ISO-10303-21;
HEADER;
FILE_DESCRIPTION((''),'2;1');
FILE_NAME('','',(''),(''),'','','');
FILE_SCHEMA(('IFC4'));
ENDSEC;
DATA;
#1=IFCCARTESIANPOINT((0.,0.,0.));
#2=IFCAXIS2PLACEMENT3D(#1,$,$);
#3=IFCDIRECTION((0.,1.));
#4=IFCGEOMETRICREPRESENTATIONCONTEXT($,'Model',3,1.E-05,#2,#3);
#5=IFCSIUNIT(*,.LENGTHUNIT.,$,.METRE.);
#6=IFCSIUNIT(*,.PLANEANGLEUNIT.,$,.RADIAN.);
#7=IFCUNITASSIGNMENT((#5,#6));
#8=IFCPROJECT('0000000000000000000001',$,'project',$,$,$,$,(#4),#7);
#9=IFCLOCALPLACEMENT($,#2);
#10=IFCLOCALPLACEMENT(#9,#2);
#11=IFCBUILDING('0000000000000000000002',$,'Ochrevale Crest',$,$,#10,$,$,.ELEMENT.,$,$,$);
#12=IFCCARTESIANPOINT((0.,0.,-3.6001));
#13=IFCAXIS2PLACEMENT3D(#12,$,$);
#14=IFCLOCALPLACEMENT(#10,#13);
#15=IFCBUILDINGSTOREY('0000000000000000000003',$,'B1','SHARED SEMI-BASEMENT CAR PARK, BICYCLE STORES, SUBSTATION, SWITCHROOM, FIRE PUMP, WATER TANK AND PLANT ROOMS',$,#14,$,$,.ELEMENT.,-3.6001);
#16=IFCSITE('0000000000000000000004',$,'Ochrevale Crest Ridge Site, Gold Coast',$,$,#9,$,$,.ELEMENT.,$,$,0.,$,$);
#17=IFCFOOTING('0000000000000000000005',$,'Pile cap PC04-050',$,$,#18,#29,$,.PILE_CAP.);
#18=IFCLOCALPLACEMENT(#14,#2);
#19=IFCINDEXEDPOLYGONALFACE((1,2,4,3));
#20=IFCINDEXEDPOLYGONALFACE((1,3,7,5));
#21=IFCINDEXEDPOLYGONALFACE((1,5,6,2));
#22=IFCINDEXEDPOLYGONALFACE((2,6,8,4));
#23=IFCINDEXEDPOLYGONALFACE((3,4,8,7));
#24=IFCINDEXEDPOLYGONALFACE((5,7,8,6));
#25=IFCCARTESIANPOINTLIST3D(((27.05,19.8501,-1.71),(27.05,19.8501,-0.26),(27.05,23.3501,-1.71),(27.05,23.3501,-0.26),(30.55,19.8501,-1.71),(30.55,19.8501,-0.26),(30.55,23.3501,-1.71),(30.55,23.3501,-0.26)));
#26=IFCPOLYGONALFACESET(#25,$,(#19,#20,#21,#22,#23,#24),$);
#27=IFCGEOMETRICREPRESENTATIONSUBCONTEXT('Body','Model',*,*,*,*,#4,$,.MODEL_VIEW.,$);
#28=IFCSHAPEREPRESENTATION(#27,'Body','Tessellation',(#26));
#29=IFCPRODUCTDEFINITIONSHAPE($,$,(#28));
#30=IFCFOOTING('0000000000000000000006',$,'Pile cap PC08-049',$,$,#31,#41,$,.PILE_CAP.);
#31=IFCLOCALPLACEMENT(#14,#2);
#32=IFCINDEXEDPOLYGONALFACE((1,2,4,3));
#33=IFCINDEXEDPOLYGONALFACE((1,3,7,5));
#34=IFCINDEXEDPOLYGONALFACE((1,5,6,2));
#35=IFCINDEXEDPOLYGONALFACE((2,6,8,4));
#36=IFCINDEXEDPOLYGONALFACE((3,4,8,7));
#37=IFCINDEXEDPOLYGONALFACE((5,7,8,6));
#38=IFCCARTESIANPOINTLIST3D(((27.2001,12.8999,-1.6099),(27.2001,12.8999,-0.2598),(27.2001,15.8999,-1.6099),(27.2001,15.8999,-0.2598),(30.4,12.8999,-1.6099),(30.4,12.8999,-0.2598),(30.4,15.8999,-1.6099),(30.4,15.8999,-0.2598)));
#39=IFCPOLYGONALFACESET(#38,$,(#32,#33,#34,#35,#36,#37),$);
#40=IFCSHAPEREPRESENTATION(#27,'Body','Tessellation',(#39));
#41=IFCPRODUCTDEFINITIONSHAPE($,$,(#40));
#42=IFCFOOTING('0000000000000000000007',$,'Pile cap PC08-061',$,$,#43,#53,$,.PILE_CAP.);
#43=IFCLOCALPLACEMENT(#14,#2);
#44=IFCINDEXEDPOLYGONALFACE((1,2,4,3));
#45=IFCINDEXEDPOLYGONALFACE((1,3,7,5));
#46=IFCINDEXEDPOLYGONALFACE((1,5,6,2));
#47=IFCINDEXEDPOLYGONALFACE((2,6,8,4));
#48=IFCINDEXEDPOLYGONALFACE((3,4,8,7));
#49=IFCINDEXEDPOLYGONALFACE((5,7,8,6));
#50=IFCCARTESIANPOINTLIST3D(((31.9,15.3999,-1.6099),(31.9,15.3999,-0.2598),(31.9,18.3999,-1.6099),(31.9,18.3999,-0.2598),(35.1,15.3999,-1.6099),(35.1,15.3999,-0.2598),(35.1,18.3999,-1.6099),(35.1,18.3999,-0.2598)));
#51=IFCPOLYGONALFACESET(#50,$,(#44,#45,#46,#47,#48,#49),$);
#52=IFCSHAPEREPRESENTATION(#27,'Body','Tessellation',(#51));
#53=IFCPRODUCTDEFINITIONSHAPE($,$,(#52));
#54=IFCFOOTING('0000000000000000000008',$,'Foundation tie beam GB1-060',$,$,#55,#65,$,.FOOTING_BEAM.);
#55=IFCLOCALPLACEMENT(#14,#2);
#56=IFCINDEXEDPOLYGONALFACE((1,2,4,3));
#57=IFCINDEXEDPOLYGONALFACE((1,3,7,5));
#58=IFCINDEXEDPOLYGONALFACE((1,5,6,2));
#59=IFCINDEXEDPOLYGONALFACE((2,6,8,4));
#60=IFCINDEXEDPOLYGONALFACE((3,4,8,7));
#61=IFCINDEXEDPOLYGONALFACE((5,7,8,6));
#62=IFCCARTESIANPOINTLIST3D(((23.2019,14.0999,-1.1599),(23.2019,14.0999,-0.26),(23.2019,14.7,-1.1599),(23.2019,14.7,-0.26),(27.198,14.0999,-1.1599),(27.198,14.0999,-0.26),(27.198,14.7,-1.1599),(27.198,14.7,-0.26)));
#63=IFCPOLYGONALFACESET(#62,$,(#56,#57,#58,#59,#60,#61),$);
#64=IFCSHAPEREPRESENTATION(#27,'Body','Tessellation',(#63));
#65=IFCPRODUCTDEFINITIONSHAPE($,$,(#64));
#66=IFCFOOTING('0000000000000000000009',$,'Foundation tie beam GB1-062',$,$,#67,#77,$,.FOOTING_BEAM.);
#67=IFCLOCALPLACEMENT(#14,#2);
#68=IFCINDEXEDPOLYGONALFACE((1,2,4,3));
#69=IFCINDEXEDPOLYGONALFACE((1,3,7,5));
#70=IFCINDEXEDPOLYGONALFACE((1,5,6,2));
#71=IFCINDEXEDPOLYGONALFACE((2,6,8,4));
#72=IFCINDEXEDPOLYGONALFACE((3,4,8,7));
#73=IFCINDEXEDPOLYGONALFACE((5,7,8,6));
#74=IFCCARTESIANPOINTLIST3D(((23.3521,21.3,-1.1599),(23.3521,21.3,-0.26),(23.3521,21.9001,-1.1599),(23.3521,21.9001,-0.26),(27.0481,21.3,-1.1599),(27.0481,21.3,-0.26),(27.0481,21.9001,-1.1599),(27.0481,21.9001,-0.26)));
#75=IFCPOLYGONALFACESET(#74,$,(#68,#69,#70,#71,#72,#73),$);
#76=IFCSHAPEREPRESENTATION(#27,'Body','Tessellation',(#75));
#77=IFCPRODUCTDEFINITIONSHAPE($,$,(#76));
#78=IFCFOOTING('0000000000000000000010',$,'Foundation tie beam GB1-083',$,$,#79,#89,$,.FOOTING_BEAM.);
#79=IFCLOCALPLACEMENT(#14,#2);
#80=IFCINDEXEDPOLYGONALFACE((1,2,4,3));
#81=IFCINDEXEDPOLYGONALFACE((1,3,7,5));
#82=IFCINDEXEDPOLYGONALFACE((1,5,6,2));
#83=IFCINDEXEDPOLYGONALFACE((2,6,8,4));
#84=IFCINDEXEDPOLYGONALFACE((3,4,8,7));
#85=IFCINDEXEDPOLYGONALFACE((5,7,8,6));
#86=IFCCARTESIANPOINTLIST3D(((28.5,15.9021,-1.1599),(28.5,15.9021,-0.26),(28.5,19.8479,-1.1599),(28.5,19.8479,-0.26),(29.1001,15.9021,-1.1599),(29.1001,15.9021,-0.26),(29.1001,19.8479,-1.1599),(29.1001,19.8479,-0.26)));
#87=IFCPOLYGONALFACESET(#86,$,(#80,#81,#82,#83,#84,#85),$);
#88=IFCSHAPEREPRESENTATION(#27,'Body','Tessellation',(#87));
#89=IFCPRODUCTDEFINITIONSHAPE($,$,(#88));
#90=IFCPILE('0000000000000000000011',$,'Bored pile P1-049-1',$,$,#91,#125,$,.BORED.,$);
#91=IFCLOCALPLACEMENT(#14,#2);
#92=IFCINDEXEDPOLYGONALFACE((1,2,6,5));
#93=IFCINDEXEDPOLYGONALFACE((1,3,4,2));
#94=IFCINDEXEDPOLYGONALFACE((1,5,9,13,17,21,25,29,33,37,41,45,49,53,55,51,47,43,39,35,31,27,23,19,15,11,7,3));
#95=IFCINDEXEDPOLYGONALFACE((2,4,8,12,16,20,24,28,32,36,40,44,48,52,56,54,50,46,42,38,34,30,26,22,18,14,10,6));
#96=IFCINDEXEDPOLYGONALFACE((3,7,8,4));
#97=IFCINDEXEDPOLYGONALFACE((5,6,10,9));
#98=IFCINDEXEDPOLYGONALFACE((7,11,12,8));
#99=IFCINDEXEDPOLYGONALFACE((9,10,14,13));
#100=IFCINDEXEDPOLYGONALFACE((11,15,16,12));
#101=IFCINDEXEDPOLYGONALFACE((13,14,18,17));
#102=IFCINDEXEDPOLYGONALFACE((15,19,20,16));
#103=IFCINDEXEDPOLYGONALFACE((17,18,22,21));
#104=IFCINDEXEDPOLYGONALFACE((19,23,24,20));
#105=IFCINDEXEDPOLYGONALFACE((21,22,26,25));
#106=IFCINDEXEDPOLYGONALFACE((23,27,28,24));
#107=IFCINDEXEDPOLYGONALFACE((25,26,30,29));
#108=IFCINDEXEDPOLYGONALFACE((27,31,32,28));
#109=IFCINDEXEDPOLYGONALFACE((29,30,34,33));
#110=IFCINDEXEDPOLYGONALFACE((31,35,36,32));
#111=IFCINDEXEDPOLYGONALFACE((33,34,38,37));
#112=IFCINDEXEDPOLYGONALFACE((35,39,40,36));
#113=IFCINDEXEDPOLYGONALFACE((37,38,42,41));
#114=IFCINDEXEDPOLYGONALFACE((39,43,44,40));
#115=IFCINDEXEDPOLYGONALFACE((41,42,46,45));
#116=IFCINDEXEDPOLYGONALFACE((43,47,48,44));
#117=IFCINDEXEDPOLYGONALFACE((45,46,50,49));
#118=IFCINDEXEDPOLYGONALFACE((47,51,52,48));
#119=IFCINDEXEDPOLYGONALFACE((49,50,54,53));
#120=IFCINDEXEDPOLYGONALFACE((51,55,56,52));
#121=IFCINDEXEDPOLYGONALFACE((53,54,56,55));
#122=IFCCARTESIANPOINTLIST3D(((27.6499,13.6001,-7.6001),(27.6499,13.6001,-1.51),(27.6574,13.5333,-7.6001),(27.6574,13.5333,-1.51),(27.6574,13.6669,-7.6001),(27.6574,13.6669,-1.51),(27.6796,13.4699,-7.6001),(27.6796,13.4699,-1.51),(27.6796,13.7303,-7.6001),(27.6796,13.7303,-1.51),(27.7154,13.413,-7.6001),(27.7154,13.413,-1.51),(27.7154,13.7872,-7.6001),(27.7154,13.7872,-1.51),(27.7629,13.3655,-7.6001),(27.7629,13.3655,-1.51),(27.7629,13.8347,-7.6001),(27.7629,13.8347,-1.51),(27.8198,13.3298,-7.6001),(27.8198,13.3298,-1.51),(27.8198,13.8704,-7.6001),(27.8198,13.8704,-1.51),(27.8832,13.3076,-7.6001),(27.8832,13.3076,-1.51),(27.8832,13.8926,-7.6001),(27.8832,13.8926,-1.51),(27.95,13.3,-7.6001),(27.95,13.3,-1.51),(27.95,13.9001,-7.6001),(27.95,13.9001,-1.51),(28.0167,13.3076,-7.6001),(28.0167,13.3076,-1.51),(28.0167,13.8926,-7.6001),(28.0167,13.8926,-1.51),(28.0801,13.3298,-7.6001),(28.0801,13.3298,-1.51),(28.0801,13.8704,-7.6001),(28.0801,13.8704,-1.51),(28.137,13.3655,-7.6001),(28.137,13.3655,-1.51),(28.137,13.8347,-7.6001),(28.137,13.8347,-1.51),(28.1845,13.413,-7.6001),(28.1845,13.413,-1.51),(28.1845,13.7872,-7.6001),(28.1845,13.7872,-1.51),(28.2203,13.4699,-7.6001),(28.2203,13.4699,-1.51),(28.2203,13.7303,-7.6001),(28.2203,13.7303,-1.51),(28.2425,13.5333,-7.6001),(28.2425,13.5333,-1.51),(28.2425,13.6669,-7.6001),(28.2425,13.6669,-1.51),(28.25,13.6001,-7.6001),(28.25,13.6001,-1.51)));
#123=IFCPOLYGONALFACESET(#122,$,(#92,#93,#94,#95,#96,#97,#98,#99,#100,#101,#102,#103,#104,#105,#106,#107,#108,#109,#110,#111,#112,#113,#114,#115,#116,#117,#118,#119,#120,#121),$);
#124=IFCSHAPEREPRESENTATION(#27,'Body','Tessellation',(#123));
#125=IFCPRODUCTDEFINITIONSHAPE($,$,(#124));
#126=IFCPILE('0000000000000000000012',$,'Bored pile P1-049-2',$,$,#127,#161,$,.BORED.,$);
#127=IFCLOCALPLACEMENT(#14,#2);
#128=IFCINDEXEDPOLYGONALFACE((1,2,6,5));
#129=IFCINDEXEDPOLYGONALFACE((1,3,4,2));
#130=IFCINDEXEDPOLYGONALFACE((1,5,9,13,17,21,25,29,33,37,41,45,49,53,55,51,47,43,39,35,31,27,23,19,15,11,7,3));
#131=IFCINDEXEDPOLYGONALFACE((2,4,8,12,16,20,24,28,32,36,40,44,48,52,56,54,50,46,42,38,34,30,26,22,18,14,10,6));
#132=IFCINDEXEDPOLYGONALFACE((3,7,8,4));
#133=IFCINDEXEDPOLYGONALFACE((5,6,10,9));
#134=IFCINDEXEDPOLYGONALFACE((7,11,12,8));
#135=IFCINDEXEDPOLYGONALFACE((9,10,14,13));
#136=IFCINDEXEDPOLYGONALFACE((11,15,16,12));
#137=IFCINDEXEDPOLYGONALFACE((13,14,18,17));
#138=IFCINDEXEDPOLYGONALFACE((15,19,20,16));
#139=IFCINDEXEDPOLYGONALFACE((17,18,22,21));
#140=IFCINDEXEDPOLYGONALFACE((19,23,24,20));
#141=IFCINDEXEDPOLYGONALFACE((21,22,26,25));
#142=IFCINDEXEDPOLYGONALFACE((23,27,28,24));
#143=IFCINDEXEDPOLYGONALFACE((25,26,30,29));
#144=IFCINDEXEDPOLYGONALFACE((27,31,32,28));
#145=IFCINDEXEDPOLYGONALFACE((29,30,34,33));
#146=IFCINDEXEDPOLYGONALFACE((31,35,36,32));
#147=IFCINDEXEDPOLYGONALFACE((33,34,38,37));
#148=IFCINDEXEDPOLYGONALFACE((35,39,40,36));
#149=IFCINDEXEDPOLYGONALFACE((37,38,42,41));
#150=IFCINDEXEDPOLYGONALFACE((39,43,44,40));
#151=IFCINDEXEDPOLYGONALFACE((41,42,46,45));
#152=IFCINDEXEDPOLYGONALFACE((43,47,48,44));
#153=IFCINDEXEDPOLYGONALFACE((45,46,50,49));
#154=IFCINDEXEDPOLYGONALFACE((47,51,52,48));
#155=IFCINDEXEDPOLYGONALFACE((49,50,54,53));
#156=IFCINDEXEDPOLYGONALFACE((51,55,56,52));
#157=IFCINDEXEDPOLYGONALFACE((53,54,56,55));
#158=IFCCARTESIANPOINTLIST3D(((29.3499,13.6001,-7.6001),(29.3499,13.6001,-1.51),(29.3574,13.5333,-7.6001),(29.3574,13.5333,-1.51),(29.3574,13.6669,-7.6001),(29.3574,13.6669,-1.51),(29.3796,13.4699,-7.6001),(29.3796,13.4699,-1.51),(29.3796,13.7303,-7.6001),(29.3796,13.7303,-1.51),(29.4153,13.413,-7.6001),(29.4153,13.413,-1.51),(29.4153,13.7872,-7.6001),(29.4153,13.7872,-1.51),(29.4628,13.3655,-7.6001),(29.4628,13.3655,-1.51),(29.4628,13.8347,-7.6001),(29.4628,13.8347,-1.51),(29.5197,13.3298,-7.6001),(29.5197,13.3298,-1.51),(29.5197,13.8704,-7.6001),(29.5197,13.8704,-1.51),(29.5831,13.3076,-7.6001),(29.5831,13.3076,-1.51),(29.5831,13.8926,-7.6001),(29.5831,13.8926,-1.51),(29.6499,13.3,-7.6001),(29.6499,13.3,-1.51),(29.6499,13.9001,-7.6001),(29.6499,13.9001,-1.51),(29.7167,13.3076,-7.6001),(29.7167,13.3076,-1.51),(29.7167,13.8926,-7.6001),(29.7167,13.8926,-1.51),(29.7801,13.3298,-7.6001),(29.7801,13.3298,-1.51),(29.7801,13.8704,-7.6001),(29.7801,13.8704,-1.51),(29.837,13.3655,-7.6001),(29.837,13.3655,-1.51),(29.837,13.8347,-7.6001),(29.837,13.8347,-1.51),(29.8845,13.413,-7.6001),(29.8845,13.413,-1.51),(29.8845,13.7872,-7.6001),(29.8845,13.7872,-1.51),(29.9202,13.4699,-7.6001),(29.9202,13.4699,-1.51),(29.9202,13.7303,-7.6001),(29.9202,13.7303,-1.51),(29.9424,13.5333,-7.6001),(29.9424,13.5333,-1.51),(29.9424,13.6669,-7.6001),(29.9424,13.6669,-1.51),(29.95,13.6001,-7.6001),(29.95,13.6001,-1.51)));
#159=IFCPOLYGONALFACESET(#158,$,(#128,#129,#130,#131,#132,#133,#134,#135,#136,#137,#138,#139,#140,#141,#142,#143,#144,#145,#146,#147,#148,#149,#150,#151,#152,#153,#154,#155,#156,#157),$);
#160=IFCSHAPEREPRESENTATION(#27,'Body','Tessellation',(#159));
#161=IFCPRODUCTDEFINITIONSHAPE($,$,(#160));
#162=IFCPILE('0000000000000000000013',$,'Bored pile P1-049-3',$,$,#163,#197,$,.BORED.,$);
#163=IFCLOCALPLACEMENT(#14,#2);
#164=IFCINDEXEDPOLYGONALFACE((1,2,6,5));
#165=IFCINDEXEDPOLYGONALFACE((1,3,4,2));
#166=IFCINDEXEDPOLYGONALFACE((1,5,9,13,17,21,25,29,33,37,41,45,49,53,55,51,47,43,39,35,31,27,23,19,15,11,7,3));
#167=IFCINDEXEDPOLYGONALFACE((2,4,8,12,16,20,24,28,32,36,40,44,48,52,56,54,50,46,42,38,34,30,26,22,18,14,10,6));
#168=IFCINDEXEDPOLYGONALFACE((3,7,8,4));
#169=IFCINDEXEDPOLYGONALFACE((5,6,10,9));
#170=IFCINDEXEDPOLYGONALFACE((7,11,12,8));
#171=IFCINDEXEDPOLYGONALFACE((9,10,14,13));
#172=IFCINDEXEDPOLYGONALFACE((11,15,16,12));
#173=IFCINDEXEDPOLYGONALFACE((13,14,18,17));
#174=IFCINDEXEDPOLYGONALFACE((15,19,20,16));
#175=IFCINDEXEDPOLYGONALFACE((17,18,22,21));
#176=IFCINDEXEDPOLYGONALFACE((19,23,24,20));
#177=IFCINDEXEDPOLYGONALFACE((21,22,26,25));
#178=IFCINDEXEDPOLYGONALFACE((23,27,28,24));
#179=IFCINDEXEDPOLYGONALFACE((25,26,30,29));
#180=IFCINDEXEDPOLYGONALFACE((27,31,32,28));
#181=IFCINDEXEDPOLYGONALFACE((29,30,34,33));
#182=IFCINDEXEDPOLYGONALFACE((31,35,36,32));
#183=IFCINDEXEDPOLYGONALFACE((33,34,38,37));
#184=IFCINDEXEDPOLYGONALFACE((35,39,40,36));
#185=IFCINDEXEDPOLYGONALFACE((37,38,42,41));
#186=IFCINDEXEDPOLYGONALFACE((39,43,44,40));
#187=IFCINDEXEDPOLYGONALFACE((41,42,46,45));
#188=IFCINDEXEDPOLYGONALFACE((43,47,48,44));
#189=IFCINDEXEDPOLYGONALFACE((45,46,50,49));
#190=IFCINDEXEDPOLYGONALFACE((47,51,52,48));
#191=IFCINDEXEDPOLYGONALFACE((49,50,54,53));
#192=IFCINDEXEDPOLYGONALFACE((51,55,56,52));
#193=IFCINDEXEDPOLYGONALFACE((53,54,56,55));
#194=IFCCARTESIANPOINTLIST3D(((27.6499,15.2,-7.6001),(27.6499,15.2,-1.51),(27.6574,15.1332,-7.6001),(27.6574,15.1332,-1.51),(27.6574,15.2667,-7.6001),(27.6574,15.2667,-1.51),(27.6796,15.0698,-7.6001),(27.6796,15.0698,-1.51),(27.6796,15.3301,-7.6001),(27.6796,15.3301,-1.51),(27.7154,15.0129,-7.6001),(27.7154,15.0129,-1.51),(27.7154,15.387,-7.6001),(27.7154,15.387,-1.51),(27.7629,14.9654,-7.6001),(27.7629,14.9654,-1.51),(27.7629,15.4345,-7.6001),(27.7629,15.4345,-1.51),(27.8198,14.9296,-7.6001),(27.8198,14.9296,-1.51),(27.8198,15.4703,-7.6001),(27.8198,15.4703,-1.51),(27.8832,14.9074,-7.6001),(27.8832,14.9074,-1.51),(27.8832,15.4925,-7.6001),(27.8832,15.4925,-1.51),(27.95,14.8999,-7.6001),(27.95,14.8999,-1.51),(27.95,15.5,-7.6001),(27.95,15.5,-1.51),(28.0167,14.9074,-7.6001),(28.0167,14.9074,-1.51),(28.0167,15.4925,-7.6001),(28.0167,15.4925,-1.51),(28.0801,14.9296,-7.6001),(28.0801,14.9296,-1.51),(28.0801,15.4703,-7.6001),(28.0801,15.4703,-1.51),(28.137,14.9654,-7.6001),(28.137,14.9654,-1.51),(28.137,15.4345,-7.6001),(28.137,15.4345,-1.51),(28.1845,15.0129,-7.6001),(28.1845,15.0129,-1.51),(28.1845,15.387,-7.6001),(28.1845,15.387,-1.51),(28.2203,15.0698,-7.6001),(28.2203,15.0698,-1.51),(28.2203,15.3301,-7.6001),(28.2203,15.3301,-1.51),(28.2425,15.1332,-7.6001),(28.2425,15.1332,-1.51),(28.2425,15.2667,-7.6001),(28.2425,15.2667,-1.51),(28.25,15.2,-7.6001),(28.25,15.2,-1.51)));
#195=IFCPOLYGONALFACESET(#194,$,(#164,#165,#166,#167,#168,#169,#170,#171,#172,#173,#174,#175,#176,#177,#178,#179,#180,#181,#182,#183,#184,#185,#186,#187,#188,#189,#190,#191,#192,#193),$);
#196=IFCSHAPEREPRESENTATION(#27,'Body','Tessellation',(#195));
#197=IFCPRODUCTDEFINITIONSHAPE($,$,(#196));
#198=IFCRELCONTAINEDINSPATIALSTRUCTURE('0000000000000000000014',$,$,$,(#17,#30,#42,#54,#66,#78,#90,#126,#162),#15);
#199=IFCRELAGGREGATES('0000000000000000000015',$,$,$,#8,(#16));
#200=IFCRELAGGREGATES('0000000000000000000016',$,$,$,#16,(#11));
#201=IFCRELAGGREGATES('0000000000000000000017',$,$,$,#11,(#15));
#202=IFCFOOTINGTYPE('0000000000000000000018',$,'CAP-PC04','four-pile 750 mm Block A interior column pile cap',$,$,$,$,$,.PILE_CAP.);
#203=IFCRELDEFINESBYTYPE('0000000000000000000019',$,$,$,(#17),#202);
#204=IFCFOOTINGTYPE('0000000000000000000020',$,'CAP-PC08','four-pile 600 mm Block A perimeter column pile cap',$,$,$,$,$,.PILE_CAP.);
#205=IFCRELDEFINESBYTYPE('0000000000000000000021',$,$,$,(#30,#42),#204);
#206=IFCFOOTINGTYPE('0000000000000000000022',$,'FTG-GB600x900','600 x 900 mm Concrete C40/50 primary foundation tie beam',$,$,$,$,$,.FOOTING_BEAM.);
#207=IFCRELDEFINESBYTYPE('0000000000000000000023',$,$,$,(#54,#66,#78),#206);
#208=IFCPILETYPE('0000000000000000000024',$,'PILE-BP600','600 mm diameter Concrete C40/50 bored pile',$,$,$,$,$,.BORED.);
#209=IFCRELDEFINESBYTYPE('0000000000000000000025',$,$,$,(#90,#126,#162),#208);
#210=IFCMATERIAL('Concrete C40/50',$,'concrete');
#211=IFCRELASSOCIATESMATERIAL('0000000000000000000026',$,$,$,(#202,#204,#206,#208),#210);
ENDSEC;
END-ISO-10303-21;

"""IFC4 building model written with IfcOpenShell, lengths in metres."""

from ifc_helpers import new_model, si_unit, direction, frame, origin, origin_2d, place, context, subcontext, project, spatial, rectangle, circle, extrude, material, material_profile, profile_set, type_object, element, save


model = new_model("IFC4")

# Units and contexts
model_context = context("Model", 3, precision=1e-05, world=origin(), true_north=direction((0.0, 1.0)))
body_context = subcontext(model_context, "Body", "Model", "MODEL_VIEW")
ifc_project = project(units=[si_unit("LENGTHUNIT", "METRE"), si_unit("PLANEANGLEUNIT", "RADIAN")], contexts=[model_context])

# Site, building, storey
site_placement = place(None, origin())
site = spatial("IfcSite", under=ifc_project, at=site_placement, Name="Ochrevale Crest Ridge Site, Gold Coast", CompositionType="ELEMENT", RefElevation=0.0)
building_placement = place(site_placement, origin())
building = spatial("IfcBuilding", under=site, at=building_placement, Name="Ochrevale Crest", CompositionType="ELEMENT")
storey_placement = place(building_placement, frame((0.0, 0.0, -3.6001)))
storey = spatial("IfcBuildingStorey", under=building, at=storey_placement, Name="B1", Description="SHARED SEMI-BASEMENT CAR PARK, BICYCLE STORES, SUBSTATION, SWITCHROOM, FIRE PUMP, WATER TANK AND PLANT ROOMS", CompositionType="ELEMENT", Elevation=-3.6001)

# Footings
ifc_material_1 = material(Name="Concrete C40/50", Category="concrete")
footing_type_1 = type_object("IfcFootingType", Name="CAP-PC04", Description="four-pile 750 mm Block A interior column pile cap", PredefinedType="PILE_CAP", material=ifc_material_1)
footing_1_placement = place(storey_placement, frame((28.8, 21.6001, -1.71), z_axis=(0.0, 0.0, 1.0), x_axis=(1.0, 0.0, 0.0)))
element("IfcFooting", 1, at=footing_1_placement, inside=storey, type_object=footing_type_1, Name="Pile cap PC04-050", PredefinedType="PILE_CAP", context=body_context, shape_type="SweptSolid", body=[
    extrude(rectangle(XDim=3.5, YDim=3.5, at=origin_2d()), origin(), (0.0, 0.0, 1.0), 1.45),
])
footing_type_2 = type_object("IfcFootingType", Name="CAP-PC08", Description="four-pile 600 mm Block A perimeter column pile cap", PredefinedType="PILE_CAP", material=ifc_material_1)
for number, where, z_axis, x_axis, name in (
    (2, (28.8, 14.3999, -1.6099), (0.0, 0.0, 1.0), (1.0, 0.0, 0.0), "Pile cap PC08-049"),
    (3, (33.5, 16.8999, -1.6099), (0.0, 0.0, 1.0), (1.0, 0.0, 0.0), "Pile cap PC08-061"),
):
    element("IfcFooting", number, at=place(storey_placement, frame(where, z_axis=z_axis, x_axis=x_axis)), inside=storey, type_object=footing_type_2, Name=name, PredefinedType="PILE_CAP", context=body_context, shape_type="SweptSolid", body=[
        extrude(rectangle(XDim=3.2, YDim=3.0, at=origin_2d()), origin(), (0.0, 0.0, 1.0), 1.3501),
    ])
ifc_material_profile_1 = material_profile(ifc_material_1, rectangle(XDim=0.6001, YDim=0.8999, at=origin_2d()), Name="GB 600x900")
ifc_profile_set_1 = profile_set([ifc_material_profile_1], Name="Concrete C40/50")
footing_type_3 = type_object("IfcFootingType", Name="FTG-GB600x900", Description="600 x 900 mm Concrete C40/50 primary foundation tie beam", PredefinedType="FOOTING_BEAM", material=ifc_profile_set_1)
footing_2_placement = place(storey_placement, frame((23.2019, 14.3999, -0.71), z_axis=(1.0, 0.0, 0.0), x_axis=(0.0, 1.0, 0.0)))
element("IfcFooting", 4, at=footing_2_placement, inside=storey, type_object=footing_type_3, Name="Foundation tie beam GB1-060", PredefinedType="FOOTING_BEAM", context=body_context, shape_type="SweptSolid", body=[
    extrude(rectangle(XDim=0.6001, YDim=0.8999, at=origin_2d()), origin(), (0.0, 0.0, 1.0), 3.9961),
])
footing_3_placement = place(storey_placement, frame((23.3521, 21.6001, -0.71), z_axis=(1.0, 0.0, 0.0), x_axis=(0.0, 1.0, 0.0)))
element("IfcFooting", 5, at=footing_3_placement, inside=storey, type_object=footing_type_3, Name="Foundation tie beam GB1-062", PredefinedType="FOOTING_BEAM", context=body_context, shape_type="SweptSolid", body=[
    extrude(rectangle(XDim=0.6001, YDim=0.8999, at=origin_2d()), origin(), (0.0, 0.0, 1.0), 3.696),
])
footing_4_placement = place(storey_placement, frame((28.8, 15.9021, -0.71), z_axis=(0.0, 1.0, 0.0), x_axis=(-1.0, 0.0, 0.0)))
element("IfcFooting", 6, at=footing_4_placement, inside=storey, type_object=footing_type_3, Name="Foundation tie beam GB1-083", PredefinedType="FOOTING_BEAM", context=body_context, shape_type="SweptSolid", body=[
    extrude(rectangle(XDim=0.6001, YDim=0.8999, at=origin_2d()), origin(), (0.0, 0.0, 1.0), 3.9458),
])

# Piles
ifc_material_profile_2 = material_profile(ifc_material_1, circle(Radius=0.3, at=origin_2d()), Name="BORED PILE 600")
ifc_profile_set_2 = profile_set([ifc_material_profile_2], Name="Concrete C40/50")
pile_type_1 = type_object("IfcPileType", Name="PILE-BP600", Description="600 mm diameter Concrete C40/50 bored pile", PredefinedType="BORED", material=ifc_profile_set_2)
for number, where, z_axis, x_axis, name in (
    (7, (27.95, 13.6001, -1.51), (0.0, 0.0, -1.0), (1.0, 0.0, 0.0), "Bored pile P1-049-1"),
    (8, (29.6499, 13.6001, -1.51), (0.0, 0.0, -1.0), (1.0, 0.0, 0.0), "Bored pile P1-049-2"),
    (9, (27.95, 15.2, -1.51), (0.0, 0.0, -1.0), (1.0, 0.0, 0.0), "Bored pile P1-049-3"),
):
    element("IfcPile", number, at=place(storey_placement, frame(where, z_axis=z_axis, x_axis=x_axis)), inside=storey, type_object=pile_type_1, Name=name, PredefinedType="BORED", context=body_context, shape_type="SweptSolid", body=[
        extrude(circle(Radius=0.3, at=origin_2d()), origin(), (0.0, 0.0, 1.0), 6.0901),
    ])

save(model, "model.ifc")
